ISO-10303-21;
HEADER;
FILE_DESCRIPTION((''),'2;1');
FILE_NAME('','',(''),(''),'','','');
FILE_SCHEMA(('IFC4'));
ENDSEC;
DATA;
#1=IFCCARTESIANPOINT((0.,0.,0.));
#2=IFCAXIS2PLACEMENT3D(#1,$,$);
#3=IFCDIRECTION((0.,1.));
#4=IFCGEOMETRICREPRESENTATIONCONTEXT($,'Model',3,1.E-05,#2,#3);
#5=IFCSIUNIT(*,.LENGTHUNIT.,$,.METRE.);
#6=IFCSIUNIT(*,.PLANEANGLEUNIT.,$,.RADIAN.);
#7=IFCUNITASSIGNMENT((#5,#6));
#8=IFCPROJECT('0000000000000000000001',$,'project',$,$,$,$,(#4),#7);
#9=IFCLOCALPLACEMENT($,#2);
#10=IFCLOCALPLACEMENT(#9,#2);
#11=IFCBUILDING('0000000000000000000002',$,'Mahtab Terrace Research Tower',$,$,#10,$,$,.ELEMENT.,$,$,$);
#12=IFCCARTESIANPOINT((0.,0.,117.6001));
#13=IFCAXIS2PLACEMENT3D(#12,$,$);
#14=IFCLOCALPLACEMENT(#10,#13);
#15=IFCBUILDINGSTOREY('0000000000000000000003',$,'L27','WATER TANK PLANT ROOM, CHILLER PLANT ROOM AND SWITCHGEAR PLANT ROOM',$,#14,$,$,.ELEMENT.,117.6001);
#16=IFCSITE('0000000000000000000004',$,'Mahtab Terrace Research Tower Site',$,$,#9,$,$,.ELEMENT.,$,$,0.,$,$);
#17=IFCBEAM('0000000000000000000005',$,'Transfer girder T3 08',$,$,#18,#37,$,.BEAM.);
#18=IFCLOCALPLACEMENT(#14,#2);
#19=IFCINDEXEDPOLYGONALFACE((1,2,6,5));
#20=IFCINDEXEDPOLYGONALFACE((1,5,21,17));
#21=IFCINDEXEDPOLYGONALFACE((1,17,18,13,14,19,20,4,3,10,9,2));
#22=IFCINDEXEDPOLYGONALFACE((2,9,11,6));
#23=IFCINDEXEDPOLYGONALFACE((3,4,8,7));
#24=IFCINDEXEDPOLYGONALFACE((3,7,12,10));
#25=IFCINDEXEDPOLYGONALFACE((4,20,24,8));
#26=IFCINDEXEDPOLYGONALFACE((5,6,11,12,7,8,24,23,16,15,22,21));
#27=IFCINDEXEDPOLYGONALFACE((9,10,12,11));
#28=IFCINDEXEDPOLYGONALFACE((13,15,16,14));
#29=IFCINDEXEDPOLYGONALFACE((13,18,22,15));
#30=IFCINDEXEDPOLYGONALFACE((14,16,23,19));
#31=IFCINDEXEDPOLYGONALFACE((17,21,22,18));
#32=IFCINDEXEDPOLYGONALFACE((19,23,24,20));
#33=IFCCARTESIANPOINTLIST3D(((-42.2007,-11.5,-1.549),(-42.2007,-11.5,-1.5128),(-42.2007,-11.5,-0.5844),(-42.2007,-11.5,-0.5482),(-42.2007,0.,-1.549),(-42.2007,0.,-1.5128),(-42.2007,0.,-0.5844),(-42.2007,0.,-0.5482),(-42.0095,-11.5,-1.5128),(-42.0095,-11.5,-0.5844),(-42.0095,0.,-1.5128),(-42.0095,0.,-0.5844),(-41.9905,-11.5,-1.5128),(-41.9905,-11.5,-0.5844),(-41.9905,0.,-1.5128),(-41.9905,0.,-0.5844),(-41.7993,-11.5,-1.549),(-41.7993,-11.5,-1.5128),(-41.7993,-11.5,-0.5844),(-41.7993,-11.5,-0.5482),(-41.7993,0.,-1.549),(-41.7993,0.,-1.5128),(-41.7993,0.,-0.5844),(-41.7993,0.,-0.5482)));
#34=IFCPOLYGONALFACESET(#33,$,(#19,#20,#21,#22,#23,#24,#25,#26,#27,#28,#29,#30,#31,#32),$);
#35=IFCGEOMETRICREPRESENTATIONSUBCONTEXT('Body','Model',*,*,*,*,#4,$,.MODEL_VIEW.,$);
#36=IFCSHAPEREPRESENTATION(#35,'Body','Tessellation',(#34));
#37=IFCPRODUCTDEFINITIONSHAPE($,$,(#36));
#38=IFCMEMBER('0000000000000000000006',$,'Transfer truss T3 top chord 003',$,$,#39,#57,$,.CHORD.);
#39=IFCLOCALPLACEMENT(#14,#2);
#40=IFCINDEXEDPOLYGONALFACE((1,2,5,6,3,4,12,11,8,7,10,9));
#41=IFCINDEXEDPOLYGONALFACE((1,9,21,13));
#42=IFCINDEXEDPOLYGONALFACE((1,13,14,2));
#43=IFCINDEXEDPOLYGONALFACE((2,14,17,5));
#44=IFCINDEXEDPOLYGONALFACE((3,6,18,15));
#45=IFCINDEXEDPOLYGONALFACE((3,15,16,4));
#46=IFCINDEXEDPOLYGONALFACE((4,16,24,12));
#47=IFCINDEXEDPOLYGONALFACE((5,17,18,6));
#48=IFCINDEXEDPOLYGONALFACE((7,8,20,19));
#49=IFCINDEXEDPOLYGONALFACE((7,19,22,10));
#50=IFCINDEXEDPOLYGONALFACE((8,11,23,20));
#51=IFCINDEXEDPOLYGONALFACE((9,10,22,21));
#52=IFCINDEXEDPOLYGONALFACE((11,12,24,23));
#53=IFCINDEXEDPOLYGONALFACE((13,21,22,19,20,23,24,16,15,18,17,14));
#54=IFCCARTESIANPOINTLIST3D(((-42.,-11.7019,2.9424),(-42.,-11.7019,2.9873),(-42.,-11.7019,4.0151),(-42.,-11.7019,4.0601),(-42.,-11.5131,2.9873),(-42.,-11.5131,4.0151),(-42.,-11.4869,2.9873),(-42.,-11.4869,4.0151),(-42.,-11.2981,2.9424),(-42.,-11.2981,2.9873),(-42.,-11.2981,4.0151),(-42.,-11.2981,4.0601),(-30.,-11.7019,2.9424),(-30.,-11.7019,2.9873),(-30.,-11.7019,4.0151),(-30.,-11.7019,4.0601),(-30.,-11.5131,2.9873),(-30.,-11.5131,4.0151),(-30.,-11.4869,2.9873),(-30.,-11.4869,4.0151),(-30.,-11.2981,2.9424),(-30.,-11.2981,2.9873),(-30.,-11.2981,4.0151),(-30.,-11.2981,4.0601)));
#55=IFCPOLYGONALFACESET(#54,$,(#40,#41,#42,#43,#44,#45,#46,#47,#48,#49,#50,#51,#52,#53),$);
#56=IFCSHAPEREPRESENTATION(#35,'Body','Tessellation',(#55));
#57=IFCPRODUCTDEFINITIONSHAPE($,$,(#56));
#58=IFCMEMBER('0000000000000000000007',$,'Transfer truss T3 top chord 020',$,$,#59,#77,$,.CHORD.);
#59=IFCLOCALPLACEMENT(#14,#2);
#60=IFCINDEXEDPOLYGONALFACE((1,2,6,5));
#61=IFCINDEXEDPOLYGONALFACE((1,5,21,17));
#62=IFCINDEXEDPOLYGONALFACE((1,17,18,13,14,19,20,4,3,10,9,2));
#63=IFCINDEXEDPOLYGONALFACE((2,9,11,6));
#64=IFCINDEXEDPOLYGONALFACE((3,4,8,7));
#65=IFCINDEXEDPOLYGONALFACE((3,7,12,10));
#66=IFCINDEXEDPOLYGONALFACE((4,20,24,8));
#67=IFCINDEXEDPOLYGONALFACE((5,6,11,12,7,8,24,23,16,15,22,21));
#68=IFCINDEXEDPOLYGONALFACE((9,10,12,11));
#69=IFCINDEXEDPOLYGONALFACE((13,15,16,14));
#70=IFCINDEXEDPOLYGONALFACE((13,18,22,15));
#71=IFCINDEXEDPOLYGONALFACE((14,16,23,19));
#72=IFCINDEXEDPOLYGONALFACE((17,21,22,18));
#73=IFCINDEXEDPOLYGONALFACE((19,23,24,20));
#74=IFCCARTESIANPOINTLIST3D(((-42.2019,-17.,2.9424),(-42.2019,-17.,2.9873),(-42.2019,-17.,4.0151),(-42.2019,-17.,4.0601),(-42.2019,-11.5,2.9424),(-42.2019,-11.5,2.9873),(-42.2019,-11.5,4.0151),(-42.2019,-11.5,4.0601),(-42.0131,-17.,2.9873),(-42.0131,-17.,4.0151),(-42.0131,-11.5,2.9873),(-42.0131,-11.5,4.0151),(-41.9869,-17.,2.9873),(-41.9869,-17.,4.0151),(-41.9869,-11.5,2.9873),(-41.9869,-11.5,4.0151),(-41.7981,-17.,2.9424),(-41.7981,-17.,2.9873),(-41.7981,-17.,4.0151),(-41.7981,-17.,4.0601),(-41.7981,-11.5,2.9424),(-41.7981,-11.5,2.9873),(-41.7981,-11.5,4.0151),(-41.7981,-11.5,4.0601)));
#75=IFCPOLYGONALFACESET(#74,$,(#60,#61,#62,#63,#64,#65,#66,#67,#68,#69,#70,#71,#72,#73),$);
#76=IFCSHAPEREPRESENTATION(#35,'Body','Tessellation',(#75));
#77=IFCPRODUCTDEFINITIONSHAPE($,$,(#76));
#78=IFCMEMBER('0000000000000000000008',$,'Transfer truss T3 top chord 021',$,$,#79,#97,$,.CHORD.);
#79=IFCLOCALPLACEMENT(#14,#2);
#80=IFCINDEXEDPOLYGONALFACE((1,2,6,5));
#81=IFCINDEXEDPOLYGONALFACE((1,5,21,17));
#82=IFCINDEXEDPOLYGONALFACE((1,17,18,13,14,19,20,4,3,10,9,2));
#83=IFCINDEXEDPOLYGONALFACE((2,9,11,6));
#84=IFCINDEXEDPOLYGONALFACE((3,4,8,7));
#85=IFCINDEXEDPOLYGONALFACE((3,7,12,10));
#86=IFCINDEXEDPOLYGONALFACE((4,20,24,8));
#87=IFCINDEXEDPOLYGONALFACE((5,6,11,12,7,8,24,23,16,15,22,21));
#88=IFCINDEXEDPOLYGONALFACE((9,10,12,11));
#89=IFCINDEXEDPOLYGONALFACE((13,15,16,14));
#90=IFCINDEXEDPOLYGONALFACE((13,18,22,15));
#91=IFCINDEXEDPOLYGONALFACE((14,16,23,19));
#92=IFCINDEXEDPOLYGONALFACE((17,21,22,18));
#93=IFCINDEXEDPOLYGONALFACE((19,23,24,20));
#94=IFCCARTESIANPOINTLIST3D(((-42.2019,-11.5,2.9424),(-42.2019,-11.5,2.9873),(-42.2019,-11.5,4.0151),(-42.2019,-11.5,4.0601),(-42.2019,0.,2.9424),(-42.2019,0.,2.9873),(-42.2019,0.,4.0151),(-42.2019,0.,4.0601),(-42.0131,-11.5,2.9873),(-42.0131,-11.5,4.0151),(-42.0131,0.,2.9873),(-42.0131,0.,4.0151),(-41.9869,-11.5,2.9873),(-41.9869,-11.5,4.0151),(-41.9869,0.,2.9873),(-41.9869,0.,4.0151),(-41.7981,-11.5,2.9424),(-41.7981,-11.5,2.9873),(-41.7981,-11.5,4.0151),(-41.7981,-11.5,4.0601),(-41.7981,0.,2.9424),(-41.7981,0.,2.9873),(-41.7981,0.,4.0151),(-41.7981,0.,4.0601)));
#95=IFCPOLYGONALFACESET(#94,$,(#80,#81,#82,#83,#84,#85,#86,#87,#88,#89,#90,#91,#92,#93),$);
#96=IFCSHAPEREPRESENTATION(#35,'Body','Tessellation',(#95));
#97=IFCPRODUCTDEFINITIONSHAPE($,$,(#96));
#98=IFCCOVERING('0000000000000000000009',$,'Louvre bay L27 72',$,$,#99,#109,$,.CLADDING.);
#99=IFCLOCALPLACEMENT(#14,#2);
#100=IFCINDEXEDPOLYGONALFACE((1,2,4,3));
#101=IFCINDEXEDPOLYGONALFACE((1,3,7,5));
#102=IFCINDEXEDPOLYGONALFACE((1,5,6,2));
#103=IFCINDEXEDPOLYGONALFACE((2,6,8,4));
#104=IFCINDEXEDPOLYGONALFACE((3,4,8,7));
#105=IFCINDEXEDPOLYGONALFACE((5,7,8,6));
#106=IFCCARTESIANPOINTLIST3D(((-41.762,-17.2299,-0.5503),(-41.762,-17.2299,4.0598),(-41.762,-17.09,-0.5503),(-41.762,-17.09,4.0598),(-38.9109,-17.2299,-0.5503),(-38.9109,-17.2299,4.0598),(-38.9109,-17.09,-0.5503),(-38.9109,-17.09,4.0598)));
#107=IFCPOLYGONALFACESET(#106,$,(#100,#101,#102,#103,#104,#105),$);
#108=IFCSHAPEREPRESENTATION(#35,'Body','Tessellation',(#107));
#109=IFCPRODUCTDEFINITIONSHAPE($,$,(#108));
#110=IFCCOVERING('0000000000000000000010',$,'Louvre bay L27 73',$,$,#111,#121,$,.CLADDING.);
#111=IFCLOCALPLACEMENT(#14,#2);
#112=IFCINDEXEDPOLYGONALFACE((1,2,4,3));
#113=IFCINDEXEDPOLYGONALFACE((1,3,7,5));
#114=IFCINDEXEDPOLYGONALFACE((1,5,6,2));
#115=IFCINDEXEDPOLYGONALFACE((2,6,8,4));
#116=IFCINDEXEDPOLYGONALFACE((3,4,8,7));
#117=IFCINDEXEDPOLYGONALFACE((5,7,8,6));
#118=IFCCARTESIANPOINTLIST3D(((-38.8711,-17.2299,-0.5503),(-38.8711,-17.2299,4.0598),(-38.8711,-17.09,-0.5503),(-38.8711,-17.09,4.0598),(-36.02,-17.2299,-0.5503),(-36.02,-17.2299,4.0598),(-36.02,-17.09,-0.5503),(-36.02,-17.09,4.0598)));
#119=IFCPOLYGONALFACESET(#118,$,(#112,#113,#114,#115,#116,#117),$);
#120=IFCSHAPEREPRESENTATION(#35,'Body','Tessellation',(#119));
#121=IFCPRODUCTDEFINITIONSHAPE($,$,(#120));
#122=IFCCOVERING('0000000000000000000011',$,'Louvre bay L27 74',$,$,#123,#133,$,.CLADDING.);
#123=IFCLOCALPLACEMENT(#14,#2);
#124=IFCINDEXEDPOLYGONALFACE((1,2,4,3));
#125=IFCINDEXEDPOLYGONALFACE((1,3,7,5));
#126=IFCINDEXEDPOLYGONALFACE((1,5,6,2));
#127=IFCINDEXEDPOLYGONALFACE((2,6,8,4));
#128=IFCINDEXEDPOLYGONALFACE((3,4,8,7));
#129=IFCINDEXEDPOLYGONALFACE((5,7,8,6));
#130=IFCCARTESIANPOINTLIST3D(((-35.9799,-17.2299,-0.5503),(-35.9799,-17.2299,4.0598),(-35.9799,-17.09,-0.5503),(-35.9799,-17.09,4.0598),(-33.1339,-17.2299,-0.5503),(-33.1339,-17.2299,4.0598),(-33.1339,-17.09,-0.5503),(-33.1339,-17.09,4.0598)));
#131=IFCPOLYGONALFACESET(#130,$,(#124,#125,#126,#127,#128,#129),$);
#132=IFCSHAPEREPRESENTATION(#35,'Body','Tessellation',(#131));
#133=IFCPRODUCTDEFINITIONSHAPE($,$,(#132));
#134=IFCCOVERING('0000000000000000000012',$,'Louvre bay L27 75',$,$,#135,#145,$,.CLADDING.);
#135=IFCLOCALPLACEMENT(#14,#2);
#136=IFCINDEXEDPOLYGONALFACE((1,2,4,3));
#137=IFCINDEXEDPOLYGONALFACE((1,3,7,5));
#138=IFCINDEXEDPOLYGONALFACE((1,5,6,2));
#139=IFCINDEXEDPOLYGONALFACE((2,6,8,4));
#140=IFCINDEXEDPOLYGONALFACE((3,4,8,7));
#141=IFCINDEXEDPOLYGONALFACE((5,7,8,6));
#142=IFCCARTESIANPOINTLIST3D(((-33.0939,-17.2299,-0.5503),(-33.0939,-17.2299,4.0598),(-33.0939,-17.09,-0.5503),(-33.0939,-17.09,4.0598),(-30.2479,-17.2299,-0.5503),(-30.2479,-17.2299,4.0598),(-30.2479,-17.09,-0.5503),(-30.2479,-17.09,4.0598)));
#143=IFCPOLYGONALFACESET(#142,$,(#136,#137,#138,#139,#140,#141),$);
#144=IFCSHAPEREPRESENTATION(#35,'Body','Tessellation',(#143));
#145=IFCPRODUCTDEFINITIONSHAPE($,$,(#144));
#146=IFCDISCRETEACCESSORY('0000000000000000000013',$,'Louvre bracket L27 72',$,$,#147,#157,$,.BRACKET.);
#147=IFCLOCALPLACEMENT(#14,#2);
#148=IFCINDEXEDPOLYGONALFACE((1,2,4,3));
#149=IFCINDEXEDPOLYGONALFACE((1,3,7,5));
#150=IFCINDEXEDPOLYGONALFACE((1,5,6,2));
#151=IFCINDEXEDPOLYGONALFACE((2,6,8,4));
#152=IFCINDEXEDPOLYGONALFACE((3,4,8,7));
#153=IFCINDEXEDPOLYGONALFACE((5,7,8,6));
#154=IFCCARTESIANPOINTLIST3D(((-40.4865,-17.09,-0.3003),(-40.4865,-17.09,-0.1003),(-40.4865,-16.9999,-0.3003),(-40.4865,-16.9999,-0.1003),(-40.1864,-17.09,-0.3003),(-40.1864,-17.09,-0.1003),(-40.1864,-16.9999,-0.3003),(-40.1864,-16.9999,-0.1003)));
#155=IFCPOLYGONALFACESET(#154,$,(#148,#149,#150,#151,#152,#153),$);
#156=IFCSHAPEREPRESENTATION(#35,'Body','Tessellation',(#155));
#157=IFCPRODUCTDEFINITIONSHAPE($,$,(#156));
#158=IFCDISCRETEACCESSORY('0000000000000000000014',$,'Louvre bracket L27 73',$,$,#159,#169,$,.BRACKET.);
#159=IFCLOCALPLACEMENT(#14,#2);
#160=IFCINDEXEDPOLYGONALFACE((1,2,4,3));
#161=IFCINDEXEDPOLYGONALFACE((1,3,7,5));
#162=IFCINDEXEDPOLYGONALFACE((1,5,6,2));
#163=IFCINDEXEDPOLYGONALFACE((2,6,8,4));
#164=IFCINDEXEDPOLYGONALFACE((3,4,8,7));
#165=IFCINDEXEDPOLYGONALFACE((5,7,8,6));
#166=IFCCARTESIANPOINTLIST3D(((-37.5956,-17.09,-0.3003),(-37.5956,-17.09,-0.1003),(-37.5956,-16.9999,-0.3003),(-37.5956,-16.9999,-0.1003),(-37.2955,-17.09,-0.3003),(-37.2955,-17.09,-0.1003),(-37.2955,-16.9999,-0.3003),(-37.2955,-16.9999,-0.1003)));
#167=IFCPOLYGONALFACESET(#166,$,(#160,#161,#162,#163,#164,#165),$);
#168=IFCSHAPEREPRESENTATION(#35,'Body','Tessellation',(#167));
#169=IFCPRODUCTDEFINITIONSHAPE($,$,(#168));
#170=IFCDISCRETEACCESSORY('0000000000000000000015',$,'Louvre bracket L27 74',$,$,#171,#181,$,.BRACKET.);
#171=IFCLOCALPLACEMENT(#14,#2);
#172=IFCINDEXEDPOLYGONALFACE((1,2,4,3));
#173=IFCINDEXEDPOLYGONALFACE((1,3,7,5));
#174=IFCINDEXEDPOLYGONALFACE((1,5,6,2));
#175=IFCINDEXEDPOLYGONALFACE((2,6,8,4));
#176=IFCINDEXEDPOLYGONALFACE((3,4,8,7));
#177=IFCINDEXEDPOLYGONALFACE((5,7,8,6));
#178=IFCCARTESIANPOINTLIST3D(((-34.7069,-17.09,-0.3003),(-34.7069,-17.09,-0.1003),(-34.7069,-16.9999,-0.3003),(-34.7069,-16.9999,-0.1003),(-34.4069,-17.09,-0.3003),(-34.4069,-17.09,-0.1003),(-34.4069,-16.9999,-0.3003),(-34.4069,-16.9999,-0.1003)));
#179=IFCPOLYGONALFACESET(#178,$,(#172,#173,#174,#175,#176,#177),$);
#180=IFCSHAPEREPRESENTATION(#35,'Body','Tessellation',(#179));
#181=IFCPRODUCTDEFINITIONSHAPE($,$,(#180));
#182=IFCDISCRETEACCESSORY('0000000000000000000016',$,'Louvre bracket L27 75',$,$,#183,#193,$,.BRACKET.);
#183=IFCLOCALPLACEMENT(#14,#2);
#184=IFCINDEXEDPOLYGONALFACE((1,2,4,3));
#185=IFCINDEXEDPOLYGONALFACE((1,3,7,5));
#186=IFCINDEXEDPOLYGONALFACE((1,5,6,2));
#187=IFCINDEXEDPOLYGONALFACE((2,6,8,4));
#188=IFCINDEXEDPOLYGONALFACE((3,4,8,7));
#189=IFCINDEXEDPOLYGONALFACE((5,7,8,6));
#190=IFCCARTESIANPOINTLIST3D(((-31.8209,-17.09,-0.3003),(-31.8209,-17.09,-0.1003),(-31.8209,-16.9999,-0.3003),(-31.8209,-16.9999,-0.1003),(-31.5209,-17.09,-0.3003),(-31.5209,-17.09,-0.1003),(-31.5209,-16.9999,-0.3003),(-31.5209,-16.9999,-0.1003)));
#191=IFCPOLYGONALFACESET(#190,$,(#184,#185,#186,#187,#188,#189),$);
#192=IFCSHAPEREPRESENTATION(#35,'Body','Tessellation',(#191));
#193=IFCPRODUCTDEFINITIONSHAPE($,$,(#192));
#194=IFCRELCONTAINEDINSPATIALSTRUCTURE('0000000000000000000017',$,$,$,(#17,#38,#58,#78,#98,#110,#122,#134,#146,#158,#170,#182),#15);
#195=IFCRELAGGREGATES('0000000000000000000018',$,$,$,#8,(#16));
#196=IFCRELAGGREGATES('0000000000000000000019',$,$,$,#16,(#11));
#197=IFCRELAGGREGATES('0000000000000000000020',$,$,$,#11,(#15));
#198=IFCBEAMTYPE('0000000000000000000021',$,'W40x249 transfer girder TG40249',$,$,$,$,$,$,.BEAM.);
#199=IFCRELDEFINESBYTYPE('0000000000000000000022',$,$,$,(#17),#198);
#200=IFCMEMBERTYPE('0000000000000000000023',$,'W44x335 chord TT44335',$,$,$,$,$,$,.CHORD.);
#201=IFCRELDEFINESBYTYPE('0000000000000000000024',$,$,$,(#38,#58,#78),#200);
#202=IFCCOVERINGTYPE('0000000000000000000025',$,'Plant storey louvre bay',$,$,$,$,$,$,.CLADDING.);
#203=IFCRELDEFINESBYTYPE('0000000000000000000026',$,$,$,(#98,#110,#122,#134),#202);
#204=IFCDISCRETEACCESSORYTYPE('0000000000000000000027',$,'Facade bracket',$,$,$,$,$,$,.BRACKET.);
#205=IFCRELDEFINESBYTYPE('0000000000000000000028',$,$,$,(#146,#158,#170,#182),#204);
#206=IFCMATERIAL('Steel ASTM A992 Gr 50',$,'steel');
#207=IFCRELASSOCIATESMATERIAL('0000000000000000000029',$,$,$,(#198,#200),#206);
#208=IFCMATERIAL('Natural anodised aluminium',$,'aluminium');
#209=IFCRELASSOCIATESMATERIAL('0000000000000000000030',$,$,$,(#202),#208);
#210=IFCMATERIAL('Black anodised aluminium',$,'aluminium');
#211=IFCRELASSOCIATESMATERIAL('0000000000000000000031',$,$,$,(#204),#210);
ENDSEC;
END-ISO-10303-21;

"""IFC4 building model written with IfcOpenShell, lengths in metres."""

from ifc_helpers import new_model, si_unit, direction, frame, origin, origin_2d, place, context, subcontext, project, spatial, rectangle, i_section, extrude, material, material_profile, profile_set, type_object, element, save


model = new_model("IFC4")

# Units and contexts
model_context = context("Model", 3, precision=1e-05, world=origin(), true_north=direction((0.0, 1.0)))
body_context = subcontext(model_context, "Body", "Model", "MODEL_VIEW")
ifc_project = project(units=[si_unit("LENGTHUNIT", "METRE"), si_unit("PLANEANGLEUNIT", "RADIAN")], contexts=[model_context])

# Site, building, storey
site_placement = place(None, origin())
site = spatial("IfcSite", under=ifc_project, at=site_placement, Name="Mahtab Terrace Research Tower Site", CompositionType="ELEMENT", RefElevation=0.0)
building_placement = place(site_placement, origin())
building = spatial("IfcBuilding", under=site, at=building_placement, Name="Mahtab Terrace Research Tower", CompositionType="ELEMENT")
storey_placement = place(building_placement, frame((0.0, 0.0, 117.6001)))
storey = spatial("IfcBuildingStorey", under=building, at=storey_placement, Name="L27", Description="WATER TANK PLANT ROOM, CHILLER PLANT ROOM AND SWITCHGEAR PLANT ROOM", CompositionType="ELEMENT", Elevation=117.6001)

# Shared definitions
ifc_material_1 = material(Name="Steel ASTM A992 Gr 50", Category="steel")

# Beam
ifc_material_profile_1 = material_profile(ifc_material_1, i_section(OverallWidth=0.4014, OverallDepth=1.0007, WebThickness=0.019, FlangeThickness=0.0361, at=origin_2d()), Name="W40X249")
ifc_profile_set_1 = profile_set([ifc_material_profile_1], Name="Steel ASTM A992 Gr 50")
beam_type = type_object("IfcBeamType", Name="W40x249 transfer girder TG40249", PredefinedType="BEAM", material=ifc_profile_set_1)
beam_1_placement = place(storey_placement, frame((-42.0, -11.5, -1.0486), z_axis=(0.0, 1.0, 0.0), x_axis=(-1.0, 0.0, 0.0)))
element("IfcBeam", 1, at=beam_1_placement, inside=storey, type_object=beam_type, Name="Transfer girder T3 08", PredefinedType="BEAM", context=body_context, shape_type="SweptSolid", body=[
    extrude(i_section(OverallWidth=0.4014, OverallDepth=1.0007, WebThickness=0.019, FlangeThickness=0.0361, at=origin_2d()), origin(), (0.0, 0.0, 1.0), 11.5),
])

# Members
ifc_material_profile_2 = material_profile(ifc_material_1, i_section(OverallWidth=0.4038, OverallDepth=1.1177, WebThickness=0.0261, FlangeThickness=0.0449, at=origin_2d()), Name="W44X335")
ifc_profile_set_2 = profile_set([ifc_material_profile_2], Name="Steel ASTM A992 Gr 50")
member_type_1 = type_object("IfcMemberType", Name="W44x335 chord TT44335", PredefinedType="CHORD", material=ifc_profile_set_2)
member_1_placement = place(storey_placement, frame((-42.0, -11.5, 3.5012), z_axis=(1.0, 0.0, 0.0), x_axis=(0.0, 1.0, 0.0)))
element("IfcMember", 2, at=member_1_placement, inside=storey, type_object=member_type_1, Name="Transfer truss T3 top chord 003", PredefinedType="CHORD", context=body_context, shape_type="SweptSolid", body=[
    extrude(i_section(OverallWidth=0.4038, OverallDepth=1.1177, WebThickness=0.0261, FlangeThickness=0.0449, at=origin_2d()), origin(), (0.0, 0.0, 1.0), 12.0),
])
member_2_placement = place(storey_placement, frame((-42.0, -17.0, 3.5012), z_axis=(0.0, 1.0, 0.0), x_axis=(-1.0, 0.0, 0.0)))
element("IfcMember", 3, at=member_2_placement, inside=storey, type_object=member_type_1, Name="Transfer truss T3 top chord 020", PredefinedType="CHORD", context=body_context, shape_type="SweptSolid", body=[
    extrude(i_section(OverallWidth=0.4038, OverallDepth=1.1177, WebThickness=0.0261, FlangeThickness=0.0449, at=origin_2d()), origin(), (0.0, 0.0, 1.0), 5.5),
])
member_3_placement = place(storey_placement, frame((-42.0, -11.5, 3.5012), z_axis=(0.0, 1.0, 0.0), x_axis=(-1.0, 0.0, 0.0)))
element("IfcMember", 4, at=member_3_placement, inside=storey, type_object=member_type_1, Name="Transfer truss T3 top chord 021", PredefinedType="CHORD", context=body_context, shape_type="SweptSolid", body=[
    extrude(i_section(OverallWidth=0.4038, OverallDepth=1.1177, WebThickness=0.0261, FlangeThickness=0.0449, at=origin_2d()), origin(), (0.0, 0.0, 1.0), 11.5),
])

# Coverings
ifc_material_2 = material(Name="Natural anodised aluminium", Category="aluminium")
covering_type = type_object("IfcCoveringType", Name="Plant storey louvre bay", PredefinedType="CLADDING", material=ifc_material_2)
for number, where, z_axis, x_axis, name in (
    (5, (-40.3364, -17.1599, -0.5503), (0.0, 0.0, 1.0), (1.0, 0.0, 0.0), "Louvre bay L27 72"),
    (6, (-37.4456, -17.1599, -0.5503), (0.0, 0.0, 1.0), (1.0, 0.0, 0.0), "Louvre bay L27 73"),
):
    element("IfcCovering", number, at=place(storey_placement, frame(where, z_axis=z_axis, x_axis=x_axis)), inside=storey, type_object=covering_type, Name=name, PredefinedType="CLADDING", context=body_context, shape_type="SweptSolid", body=[
        extrude(rectangle(XDim=2.8511, YDim=0.1399, at=origin_2d()), origin(), (0.0, 0.0, 1.0), 4.6101),
    ])
for number, where, z_axis, x_axis, name in (
    (7, (-34.5569, -17.1599, -0.5503), (0.0, 0.0, 1.0), (1.0, 0.0, 0.0), "Louvre bay L27 74"),
    (8, (-31.6709, -17.1599, -0.5503), (0.0, 0.0, 1.0), (1.0, 0.0, 0.0), "Louvre bay L27 75"),
):
    element("IfcCovering", number, at=place(storey_placement, frame(where, z_axis=z_axis, x_axis=x_axis)), inside=storey, type_object=covering_type, Name=name, PredefinedType="CLADDING", context=body_context, shape_type="SweptSolid", body=[
        extrude(rectangle(XDim=2.8459, YDim=0.1399, at=origin_2d()), origin(), (0.0, 0.0, 1.0), 4.6101),
    ])

# Discrete accessories
ifc_material_3 = material(Name="Black anodised aluminium", Category="aluminium")
discrete_accessory_type_1 = type_object("IfcDiscreteAccessoryType", Name="Facade bracket", PredefinedType="BRACKET", material=ifc_material_3)
for number, where, z_axis, x_axis, name in (
    (9, (-40.3364, -17.0449, -0.3003), (0.0, 0.0, 1.0), (1.0, 0.0, 0.0), "Louvre bracket L27 72"),
    (10, (-37.4456, -17.0449, -0.3003), (0.0, 0.0, 1.0), (1.0, 0.0, 0.0), "Louvre bracket L27 73"),
    (11, (-34.5569, -17.0449, -0.3003), (0.0, 0.0, 1.0), (1.0, 0.0, 0.0), "Louvre bracket L27 74"),
    (12, (-31.6709, -17.0449, -0.3003), (0.0, 0.0, 1.0), (1.0, 0.0, 0.0), "Louvre bracket L27 75"),
):
    element("IfcDiscreteAccessory", number, at=place(storey_placement, frame(where, z_axis=z_axis, x_axis=x_axis)), inside=storey, type_object=discrete_accessory_type_1, Name=name, PredefinedType="BRACKET", context=body_context, shape_type="SweptSolid", body=[
        extrude(rectangle(XDim=0.3, YDim=0.0901, at=origin_2d()), origin(), (0.0, 0.0, 1.0), 0.2),
    ])

save(model, "model.ifc")
